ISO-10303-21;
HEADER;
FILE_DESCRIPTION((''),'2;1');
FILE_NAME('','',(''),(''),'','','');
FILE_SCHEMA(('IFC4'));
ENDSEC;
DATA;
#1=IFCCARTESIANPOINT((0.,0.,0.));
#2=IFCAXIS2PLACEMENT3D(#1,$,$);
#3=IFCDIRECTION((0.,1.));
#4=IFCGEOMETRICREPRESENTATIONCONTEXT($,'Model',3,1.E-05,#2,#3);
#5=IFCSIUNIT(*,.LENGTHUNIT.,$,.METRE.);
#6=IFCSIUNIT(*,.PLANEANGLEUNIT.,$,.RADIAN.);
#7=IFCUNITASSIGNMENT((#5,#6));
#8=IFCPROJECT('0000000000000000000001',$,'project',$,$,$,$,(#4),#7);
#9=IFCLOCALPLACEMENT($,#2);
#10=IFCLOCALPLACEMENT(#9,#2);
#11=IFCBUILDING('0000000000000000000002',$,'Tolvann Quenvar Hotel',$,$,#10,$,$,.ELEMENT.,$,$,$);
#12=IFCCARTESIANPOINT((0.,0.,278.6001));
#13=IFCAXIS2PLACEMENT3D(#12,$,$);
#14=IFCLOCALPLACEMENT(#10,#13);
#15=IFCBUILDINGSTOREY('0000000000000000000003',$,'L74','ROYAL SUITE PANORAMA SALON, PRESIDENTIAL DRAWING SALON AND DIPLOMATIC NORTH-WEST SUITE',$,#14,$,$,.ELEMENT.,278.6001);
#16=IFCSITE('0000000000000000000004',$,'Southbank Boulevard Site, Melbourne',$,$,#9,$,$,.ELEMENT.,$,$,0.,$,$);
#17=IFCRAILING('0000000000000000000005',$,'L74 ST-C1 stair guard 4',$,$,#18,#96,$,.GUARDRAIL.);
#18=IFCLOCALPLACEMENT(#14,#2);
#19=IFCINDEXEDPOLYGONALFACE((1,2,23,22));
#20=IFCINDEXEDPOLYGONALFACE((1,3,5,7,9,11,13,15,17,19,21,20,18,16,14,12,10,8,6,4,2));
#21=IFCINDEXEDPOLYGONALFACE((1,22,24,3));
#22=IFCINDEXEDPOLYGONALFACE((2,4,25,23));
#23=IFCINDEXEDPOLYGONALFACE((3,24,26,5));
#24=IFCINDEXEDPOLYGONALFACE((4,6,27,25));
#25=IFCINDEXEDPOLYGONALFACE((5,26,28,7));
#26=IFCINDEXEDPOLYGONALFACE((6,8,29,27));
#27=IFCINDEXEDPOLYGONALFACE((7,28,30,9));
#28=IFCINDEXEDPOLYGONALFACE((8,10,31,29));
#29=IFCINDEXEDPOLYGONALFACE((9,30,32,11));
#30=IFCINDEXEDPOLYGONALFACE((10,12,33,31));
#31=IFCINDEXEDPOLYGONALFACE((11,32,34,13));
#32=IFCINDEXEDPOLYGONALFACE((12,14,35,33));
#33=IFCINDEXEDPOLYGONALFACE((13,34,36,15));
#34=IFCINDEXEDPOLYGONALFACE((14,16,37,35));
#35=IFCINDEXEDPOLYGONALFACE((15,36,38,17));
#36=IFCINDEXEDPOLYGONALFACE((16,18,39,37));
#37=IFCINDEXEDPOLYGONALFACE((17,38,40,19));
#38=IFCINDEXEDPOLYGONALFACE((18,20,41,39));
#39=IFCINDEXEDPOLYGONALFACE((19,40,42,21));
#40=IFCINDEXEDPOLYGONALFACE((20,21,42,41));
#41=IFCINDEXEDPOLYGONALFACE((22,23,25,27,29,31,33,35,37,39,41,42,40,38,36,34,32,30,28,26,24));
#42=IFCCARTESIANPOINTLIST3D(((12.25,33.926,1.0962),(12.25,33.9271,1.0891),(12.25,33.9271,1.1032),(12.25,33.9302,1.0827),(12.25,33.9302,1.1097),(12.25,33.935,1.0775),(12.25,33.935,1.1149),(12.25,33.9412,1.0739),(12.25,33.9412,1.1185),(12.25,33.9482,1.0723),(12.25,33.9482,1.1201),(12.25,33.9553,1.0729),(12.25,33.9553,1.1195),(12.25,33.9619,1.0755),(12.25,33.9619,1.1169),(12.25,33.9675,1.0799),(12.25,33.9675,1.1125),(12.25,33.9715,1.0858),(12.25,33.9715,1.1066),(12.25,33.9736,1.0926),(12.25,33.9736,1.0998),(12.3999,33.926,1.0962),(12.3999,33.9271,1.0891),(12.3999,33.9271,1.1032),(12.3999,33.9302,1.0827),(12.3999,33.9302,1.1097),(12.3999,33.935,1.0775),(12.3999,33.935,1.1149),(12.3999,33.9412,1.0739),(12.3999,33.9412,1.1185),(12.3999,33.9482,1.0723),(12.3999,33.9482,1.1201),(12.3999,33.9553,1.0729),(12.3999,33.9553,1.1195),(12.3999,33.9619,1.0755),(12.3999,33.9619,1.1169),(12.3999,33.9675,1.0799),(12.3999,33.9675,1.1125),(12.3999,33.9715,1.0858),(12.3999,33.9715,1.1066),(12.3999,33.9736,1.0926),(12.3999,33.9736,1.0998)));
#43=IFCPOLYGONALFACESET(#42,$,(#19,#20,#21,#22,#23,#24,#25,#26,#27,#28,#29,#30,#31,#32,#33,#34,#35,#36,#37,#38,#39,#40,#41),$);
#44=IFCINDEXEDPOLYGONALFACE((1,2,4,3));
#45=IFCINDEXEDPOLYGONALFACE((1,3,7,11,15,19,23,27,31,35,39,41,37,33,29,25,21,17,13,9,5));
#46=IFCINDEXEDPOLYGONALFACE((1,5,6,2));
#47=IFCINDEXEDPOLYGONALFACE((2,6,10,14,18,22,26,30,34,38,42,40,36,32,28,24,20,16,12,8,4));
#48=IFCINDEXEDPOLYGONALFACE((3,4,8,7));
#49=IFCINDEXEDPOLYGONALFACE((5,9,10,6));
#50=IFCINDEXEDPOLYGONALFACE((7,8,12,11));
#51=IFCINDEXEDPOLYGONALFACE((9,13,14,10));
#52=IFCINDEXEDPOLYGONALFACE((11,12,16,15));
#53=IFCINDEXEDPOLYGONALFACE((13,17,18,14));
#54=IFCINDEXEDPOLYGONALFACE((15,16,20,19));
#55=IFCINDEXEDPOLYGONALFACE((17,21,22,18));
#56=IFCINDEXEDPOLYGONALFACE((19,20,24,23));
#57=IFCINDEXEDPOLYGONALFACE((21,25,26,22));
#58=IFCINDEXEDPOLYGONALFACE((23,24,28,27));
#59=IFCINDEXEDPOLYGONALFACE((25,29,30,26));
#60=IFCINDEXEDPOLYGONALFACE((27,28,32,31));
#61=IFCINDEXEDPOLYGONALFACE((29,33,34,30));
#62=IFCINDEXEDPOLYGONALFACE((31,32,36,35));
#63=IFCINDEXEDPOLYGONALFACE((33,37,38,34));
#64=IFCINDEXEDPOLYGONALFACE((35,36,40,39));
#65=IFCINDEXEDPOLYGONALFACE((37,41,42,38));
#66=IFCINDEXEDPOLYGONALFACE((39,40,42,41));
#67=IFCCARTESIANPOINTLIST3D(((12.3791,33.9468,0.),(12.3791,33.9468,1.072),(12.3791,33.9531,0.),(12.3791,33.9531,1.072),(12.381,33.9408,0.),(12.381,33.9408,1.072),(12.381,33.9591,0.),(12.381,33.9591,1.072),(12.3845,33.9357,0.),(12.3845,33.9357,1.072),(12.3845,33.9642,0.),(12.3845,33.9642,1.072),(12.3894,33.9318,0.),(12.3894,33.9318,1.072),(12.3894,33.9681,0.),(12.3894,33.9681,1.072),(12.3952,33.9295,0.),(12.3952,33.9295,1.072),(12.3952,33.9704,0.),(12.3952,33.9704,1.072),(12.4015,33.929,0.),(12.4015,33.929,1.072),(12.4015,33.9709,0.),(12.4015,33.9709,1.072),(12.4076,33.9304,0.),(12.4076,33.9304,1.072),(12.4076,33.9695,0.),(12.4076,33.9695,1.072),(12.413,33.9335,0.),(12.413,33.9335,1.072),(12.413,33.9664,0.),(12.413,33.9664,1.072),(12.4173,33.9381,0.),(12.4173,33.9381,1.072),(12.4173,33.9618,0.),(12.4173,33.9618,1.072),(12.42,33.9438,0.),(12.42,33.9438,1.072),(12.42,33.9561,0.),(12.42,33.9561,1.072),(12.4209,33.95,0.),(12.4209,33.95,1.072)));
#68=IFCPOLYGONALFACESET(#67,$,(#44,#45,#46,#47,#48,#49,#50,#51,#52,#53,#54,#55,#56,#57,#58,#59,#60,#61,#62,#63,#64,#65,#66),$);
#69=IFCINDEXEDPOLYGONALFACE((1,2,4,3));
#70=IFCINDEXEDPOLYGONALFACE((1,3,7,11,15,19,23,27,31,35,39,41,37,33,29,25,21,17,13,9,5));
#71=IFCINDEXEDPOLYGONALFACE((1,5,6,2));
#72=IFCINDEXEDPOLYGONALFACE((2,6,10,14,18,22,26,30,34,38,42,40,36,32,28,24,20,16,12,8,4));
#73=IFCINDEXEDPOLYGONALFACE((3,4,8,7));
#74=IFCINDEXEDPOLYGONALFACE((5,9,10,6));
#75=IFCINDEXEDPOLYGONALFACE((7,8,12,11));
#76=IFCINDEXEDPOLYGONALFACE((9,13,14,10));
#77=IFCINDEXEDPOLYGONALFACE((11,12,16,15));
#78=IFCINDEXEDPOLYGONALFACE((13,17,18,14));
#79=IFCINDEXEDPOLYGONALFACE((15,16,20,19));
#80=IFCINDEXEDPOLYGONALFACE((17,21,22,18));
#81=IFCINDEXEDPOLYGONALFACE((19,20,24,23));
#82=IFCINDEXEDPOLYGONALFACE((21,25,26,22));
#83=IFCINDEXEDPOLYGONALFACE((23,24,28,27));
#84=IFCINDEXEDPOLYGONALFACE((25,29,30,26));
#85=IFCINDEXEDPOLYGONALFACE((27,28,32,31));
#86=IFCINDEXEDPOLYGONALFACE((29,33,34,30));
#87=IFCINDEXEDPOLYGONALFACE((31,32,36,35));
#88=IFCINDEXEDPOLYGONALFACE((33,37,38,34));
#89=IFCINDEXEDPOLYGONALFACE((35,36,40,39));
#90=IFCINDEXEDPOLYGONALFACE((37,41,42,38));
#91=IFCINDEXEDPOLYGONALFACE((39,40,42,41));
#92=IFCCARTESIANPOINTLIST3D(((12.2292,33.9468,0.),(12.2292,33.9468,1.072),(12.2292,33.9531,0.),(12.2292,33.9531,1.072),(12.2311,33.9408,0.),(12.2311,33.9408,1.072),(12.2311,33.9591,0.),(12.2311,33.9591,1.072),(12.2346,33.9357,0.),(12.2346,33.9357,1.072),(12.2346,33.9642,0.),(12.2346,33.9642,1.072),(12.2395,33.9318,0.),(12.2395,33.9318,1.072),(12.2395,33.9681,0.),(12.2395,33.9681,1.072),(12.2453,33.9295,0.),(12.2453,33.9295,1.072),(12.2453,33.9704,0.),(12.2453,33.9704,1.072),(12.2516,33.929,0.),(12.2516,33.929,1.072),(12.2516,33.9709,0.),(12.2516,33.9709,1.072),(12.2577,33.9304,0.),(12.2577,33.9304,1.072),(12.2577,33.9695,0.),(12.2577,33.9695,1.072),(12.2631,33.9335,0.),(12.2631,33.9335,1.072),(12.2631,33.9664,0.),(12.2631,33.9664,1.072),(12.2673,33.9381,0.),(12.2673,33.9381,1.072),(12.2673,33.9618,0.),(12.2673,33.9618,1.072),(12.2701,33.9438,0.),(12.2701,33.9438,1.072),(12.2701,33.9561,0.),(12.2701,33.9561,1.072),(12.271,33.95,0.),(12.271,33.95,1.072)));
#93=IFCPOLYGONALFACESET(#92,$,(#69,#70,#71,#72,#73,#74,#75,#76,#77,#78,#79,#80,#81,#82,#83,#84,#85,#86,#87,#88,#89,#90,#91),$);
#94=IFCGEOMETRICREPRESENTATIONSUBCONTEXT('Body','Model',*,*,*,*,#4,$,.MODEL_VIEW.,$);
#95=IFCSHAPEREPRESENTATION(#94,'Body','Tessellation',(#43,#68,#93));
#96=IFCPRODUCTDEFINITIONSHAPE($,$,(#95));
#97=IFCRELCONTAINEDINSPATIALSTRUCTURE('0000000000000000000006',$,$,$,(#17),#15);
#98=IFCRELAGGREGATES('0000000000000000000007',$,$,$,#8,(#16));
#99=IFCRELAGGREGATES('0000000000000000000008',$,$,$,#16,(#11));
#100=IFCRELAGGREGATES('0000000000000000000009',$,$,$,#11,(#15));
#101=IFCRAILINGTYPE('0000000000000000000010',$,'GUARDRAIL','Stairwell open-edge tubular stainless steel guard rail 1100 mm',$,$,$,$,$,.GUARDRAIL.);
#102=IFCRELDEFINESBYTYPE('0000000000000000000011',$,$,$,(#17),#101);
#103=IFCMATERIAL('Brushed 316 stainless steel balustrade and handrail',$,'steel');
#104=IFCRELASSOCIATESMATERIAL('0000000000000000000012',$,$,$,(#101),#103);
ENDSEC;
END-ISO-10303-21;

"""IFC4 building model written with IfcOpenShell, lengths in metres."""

from ifc_helpers import new_model, si_unit, direction, frame, origin, origin_2d, place, context, subcontext, project, spatial, circle, extrude, material, type_object, element, save


model = new_model("IFC4")

# Units and contexts
model_context = context("Model", 3, precision=1e-05, world=origin(), true_north=direction((0.0, 1.0)))
body_context = subcontext(model_context, "Body", "Model", "MODEL_VIEW")
ifc_project = project(units=[si_unit("LENGTHUNIT", "METRE"), si_unit("PLANEANGLEUNIT", "RADIAN")], contexts=[model_context])

# Site, building, storey
site_placement = place(None, origin())
site = spatial("IfcSite", under=ifc_project, at=site_placement, Name="Southbank Boulevard Site, Melbourne", CompositionType="ELEMENT", RefElevation=0.0)
building_placement = place(site_placement, origin())
building = spatial("IfcBuilding", under=site, at=building_placement, Name="Tolvann Quenvar Hotel", CompositionType="ELEMENT")
storey_placement = place(building_placement, frame((0.0, 0.0, 278.6001)))
storey = spatial("IfcBuildingStorey", under=building, at=storey_placement, Name="L74", Description="ROYAL SUITE PANORAMA SALON, PRESIDENTIAL DRAWING SALON AND DIPLOMATIC NORTH-WEST SUITE", CompositionType="ELEMENT", Elevation=278.6001)

# Railing
ifc_material_1 = material(Name="Brushed 316 stainless steel balustrade and handrail", Category="steel")
railing_type_1 = type_object("IfcRailingType", Name="GUARDRAIL", Description="Stairwell open-edge tubular stainless steel guard rail 1100 mm", PredefinedType="GUARDRAIL", material=ifc_material_1)
railing_1_placement = place(storey_placement, frame((12.3999, 33.95, 0.0)))
element("IfcRailing", 1, at=railing_1_placement, inside=storey, type_object=railing_type_1, Name="L74 ST-C1 stair guard 4", PredefinedType="GUARDRAIL", context=body_context, shape_type="SweptSolid", body=[
    extrude(circle(Radius=0.0239, at=origin_2d()), frame((0.0, 0.0, 1.0962), z_axis=(-1.0, 0.0, 0.0), x_axis=(0.0, -1.0, 0.0)), (0.0, 0.0, 1.0), 0.1499),
    extrude(circle(Radius=0.021, at=origin_2d()), origin(), (0.0, 0.0, 1.0), 1.072),
    extrude(circle(Radius=0.021, at=origin_2d()), frame((-0.1499, 0.0, 0.0)), (0.0, 0.0, 1.0), 1.072),
])

save(model, "model.ifc")
